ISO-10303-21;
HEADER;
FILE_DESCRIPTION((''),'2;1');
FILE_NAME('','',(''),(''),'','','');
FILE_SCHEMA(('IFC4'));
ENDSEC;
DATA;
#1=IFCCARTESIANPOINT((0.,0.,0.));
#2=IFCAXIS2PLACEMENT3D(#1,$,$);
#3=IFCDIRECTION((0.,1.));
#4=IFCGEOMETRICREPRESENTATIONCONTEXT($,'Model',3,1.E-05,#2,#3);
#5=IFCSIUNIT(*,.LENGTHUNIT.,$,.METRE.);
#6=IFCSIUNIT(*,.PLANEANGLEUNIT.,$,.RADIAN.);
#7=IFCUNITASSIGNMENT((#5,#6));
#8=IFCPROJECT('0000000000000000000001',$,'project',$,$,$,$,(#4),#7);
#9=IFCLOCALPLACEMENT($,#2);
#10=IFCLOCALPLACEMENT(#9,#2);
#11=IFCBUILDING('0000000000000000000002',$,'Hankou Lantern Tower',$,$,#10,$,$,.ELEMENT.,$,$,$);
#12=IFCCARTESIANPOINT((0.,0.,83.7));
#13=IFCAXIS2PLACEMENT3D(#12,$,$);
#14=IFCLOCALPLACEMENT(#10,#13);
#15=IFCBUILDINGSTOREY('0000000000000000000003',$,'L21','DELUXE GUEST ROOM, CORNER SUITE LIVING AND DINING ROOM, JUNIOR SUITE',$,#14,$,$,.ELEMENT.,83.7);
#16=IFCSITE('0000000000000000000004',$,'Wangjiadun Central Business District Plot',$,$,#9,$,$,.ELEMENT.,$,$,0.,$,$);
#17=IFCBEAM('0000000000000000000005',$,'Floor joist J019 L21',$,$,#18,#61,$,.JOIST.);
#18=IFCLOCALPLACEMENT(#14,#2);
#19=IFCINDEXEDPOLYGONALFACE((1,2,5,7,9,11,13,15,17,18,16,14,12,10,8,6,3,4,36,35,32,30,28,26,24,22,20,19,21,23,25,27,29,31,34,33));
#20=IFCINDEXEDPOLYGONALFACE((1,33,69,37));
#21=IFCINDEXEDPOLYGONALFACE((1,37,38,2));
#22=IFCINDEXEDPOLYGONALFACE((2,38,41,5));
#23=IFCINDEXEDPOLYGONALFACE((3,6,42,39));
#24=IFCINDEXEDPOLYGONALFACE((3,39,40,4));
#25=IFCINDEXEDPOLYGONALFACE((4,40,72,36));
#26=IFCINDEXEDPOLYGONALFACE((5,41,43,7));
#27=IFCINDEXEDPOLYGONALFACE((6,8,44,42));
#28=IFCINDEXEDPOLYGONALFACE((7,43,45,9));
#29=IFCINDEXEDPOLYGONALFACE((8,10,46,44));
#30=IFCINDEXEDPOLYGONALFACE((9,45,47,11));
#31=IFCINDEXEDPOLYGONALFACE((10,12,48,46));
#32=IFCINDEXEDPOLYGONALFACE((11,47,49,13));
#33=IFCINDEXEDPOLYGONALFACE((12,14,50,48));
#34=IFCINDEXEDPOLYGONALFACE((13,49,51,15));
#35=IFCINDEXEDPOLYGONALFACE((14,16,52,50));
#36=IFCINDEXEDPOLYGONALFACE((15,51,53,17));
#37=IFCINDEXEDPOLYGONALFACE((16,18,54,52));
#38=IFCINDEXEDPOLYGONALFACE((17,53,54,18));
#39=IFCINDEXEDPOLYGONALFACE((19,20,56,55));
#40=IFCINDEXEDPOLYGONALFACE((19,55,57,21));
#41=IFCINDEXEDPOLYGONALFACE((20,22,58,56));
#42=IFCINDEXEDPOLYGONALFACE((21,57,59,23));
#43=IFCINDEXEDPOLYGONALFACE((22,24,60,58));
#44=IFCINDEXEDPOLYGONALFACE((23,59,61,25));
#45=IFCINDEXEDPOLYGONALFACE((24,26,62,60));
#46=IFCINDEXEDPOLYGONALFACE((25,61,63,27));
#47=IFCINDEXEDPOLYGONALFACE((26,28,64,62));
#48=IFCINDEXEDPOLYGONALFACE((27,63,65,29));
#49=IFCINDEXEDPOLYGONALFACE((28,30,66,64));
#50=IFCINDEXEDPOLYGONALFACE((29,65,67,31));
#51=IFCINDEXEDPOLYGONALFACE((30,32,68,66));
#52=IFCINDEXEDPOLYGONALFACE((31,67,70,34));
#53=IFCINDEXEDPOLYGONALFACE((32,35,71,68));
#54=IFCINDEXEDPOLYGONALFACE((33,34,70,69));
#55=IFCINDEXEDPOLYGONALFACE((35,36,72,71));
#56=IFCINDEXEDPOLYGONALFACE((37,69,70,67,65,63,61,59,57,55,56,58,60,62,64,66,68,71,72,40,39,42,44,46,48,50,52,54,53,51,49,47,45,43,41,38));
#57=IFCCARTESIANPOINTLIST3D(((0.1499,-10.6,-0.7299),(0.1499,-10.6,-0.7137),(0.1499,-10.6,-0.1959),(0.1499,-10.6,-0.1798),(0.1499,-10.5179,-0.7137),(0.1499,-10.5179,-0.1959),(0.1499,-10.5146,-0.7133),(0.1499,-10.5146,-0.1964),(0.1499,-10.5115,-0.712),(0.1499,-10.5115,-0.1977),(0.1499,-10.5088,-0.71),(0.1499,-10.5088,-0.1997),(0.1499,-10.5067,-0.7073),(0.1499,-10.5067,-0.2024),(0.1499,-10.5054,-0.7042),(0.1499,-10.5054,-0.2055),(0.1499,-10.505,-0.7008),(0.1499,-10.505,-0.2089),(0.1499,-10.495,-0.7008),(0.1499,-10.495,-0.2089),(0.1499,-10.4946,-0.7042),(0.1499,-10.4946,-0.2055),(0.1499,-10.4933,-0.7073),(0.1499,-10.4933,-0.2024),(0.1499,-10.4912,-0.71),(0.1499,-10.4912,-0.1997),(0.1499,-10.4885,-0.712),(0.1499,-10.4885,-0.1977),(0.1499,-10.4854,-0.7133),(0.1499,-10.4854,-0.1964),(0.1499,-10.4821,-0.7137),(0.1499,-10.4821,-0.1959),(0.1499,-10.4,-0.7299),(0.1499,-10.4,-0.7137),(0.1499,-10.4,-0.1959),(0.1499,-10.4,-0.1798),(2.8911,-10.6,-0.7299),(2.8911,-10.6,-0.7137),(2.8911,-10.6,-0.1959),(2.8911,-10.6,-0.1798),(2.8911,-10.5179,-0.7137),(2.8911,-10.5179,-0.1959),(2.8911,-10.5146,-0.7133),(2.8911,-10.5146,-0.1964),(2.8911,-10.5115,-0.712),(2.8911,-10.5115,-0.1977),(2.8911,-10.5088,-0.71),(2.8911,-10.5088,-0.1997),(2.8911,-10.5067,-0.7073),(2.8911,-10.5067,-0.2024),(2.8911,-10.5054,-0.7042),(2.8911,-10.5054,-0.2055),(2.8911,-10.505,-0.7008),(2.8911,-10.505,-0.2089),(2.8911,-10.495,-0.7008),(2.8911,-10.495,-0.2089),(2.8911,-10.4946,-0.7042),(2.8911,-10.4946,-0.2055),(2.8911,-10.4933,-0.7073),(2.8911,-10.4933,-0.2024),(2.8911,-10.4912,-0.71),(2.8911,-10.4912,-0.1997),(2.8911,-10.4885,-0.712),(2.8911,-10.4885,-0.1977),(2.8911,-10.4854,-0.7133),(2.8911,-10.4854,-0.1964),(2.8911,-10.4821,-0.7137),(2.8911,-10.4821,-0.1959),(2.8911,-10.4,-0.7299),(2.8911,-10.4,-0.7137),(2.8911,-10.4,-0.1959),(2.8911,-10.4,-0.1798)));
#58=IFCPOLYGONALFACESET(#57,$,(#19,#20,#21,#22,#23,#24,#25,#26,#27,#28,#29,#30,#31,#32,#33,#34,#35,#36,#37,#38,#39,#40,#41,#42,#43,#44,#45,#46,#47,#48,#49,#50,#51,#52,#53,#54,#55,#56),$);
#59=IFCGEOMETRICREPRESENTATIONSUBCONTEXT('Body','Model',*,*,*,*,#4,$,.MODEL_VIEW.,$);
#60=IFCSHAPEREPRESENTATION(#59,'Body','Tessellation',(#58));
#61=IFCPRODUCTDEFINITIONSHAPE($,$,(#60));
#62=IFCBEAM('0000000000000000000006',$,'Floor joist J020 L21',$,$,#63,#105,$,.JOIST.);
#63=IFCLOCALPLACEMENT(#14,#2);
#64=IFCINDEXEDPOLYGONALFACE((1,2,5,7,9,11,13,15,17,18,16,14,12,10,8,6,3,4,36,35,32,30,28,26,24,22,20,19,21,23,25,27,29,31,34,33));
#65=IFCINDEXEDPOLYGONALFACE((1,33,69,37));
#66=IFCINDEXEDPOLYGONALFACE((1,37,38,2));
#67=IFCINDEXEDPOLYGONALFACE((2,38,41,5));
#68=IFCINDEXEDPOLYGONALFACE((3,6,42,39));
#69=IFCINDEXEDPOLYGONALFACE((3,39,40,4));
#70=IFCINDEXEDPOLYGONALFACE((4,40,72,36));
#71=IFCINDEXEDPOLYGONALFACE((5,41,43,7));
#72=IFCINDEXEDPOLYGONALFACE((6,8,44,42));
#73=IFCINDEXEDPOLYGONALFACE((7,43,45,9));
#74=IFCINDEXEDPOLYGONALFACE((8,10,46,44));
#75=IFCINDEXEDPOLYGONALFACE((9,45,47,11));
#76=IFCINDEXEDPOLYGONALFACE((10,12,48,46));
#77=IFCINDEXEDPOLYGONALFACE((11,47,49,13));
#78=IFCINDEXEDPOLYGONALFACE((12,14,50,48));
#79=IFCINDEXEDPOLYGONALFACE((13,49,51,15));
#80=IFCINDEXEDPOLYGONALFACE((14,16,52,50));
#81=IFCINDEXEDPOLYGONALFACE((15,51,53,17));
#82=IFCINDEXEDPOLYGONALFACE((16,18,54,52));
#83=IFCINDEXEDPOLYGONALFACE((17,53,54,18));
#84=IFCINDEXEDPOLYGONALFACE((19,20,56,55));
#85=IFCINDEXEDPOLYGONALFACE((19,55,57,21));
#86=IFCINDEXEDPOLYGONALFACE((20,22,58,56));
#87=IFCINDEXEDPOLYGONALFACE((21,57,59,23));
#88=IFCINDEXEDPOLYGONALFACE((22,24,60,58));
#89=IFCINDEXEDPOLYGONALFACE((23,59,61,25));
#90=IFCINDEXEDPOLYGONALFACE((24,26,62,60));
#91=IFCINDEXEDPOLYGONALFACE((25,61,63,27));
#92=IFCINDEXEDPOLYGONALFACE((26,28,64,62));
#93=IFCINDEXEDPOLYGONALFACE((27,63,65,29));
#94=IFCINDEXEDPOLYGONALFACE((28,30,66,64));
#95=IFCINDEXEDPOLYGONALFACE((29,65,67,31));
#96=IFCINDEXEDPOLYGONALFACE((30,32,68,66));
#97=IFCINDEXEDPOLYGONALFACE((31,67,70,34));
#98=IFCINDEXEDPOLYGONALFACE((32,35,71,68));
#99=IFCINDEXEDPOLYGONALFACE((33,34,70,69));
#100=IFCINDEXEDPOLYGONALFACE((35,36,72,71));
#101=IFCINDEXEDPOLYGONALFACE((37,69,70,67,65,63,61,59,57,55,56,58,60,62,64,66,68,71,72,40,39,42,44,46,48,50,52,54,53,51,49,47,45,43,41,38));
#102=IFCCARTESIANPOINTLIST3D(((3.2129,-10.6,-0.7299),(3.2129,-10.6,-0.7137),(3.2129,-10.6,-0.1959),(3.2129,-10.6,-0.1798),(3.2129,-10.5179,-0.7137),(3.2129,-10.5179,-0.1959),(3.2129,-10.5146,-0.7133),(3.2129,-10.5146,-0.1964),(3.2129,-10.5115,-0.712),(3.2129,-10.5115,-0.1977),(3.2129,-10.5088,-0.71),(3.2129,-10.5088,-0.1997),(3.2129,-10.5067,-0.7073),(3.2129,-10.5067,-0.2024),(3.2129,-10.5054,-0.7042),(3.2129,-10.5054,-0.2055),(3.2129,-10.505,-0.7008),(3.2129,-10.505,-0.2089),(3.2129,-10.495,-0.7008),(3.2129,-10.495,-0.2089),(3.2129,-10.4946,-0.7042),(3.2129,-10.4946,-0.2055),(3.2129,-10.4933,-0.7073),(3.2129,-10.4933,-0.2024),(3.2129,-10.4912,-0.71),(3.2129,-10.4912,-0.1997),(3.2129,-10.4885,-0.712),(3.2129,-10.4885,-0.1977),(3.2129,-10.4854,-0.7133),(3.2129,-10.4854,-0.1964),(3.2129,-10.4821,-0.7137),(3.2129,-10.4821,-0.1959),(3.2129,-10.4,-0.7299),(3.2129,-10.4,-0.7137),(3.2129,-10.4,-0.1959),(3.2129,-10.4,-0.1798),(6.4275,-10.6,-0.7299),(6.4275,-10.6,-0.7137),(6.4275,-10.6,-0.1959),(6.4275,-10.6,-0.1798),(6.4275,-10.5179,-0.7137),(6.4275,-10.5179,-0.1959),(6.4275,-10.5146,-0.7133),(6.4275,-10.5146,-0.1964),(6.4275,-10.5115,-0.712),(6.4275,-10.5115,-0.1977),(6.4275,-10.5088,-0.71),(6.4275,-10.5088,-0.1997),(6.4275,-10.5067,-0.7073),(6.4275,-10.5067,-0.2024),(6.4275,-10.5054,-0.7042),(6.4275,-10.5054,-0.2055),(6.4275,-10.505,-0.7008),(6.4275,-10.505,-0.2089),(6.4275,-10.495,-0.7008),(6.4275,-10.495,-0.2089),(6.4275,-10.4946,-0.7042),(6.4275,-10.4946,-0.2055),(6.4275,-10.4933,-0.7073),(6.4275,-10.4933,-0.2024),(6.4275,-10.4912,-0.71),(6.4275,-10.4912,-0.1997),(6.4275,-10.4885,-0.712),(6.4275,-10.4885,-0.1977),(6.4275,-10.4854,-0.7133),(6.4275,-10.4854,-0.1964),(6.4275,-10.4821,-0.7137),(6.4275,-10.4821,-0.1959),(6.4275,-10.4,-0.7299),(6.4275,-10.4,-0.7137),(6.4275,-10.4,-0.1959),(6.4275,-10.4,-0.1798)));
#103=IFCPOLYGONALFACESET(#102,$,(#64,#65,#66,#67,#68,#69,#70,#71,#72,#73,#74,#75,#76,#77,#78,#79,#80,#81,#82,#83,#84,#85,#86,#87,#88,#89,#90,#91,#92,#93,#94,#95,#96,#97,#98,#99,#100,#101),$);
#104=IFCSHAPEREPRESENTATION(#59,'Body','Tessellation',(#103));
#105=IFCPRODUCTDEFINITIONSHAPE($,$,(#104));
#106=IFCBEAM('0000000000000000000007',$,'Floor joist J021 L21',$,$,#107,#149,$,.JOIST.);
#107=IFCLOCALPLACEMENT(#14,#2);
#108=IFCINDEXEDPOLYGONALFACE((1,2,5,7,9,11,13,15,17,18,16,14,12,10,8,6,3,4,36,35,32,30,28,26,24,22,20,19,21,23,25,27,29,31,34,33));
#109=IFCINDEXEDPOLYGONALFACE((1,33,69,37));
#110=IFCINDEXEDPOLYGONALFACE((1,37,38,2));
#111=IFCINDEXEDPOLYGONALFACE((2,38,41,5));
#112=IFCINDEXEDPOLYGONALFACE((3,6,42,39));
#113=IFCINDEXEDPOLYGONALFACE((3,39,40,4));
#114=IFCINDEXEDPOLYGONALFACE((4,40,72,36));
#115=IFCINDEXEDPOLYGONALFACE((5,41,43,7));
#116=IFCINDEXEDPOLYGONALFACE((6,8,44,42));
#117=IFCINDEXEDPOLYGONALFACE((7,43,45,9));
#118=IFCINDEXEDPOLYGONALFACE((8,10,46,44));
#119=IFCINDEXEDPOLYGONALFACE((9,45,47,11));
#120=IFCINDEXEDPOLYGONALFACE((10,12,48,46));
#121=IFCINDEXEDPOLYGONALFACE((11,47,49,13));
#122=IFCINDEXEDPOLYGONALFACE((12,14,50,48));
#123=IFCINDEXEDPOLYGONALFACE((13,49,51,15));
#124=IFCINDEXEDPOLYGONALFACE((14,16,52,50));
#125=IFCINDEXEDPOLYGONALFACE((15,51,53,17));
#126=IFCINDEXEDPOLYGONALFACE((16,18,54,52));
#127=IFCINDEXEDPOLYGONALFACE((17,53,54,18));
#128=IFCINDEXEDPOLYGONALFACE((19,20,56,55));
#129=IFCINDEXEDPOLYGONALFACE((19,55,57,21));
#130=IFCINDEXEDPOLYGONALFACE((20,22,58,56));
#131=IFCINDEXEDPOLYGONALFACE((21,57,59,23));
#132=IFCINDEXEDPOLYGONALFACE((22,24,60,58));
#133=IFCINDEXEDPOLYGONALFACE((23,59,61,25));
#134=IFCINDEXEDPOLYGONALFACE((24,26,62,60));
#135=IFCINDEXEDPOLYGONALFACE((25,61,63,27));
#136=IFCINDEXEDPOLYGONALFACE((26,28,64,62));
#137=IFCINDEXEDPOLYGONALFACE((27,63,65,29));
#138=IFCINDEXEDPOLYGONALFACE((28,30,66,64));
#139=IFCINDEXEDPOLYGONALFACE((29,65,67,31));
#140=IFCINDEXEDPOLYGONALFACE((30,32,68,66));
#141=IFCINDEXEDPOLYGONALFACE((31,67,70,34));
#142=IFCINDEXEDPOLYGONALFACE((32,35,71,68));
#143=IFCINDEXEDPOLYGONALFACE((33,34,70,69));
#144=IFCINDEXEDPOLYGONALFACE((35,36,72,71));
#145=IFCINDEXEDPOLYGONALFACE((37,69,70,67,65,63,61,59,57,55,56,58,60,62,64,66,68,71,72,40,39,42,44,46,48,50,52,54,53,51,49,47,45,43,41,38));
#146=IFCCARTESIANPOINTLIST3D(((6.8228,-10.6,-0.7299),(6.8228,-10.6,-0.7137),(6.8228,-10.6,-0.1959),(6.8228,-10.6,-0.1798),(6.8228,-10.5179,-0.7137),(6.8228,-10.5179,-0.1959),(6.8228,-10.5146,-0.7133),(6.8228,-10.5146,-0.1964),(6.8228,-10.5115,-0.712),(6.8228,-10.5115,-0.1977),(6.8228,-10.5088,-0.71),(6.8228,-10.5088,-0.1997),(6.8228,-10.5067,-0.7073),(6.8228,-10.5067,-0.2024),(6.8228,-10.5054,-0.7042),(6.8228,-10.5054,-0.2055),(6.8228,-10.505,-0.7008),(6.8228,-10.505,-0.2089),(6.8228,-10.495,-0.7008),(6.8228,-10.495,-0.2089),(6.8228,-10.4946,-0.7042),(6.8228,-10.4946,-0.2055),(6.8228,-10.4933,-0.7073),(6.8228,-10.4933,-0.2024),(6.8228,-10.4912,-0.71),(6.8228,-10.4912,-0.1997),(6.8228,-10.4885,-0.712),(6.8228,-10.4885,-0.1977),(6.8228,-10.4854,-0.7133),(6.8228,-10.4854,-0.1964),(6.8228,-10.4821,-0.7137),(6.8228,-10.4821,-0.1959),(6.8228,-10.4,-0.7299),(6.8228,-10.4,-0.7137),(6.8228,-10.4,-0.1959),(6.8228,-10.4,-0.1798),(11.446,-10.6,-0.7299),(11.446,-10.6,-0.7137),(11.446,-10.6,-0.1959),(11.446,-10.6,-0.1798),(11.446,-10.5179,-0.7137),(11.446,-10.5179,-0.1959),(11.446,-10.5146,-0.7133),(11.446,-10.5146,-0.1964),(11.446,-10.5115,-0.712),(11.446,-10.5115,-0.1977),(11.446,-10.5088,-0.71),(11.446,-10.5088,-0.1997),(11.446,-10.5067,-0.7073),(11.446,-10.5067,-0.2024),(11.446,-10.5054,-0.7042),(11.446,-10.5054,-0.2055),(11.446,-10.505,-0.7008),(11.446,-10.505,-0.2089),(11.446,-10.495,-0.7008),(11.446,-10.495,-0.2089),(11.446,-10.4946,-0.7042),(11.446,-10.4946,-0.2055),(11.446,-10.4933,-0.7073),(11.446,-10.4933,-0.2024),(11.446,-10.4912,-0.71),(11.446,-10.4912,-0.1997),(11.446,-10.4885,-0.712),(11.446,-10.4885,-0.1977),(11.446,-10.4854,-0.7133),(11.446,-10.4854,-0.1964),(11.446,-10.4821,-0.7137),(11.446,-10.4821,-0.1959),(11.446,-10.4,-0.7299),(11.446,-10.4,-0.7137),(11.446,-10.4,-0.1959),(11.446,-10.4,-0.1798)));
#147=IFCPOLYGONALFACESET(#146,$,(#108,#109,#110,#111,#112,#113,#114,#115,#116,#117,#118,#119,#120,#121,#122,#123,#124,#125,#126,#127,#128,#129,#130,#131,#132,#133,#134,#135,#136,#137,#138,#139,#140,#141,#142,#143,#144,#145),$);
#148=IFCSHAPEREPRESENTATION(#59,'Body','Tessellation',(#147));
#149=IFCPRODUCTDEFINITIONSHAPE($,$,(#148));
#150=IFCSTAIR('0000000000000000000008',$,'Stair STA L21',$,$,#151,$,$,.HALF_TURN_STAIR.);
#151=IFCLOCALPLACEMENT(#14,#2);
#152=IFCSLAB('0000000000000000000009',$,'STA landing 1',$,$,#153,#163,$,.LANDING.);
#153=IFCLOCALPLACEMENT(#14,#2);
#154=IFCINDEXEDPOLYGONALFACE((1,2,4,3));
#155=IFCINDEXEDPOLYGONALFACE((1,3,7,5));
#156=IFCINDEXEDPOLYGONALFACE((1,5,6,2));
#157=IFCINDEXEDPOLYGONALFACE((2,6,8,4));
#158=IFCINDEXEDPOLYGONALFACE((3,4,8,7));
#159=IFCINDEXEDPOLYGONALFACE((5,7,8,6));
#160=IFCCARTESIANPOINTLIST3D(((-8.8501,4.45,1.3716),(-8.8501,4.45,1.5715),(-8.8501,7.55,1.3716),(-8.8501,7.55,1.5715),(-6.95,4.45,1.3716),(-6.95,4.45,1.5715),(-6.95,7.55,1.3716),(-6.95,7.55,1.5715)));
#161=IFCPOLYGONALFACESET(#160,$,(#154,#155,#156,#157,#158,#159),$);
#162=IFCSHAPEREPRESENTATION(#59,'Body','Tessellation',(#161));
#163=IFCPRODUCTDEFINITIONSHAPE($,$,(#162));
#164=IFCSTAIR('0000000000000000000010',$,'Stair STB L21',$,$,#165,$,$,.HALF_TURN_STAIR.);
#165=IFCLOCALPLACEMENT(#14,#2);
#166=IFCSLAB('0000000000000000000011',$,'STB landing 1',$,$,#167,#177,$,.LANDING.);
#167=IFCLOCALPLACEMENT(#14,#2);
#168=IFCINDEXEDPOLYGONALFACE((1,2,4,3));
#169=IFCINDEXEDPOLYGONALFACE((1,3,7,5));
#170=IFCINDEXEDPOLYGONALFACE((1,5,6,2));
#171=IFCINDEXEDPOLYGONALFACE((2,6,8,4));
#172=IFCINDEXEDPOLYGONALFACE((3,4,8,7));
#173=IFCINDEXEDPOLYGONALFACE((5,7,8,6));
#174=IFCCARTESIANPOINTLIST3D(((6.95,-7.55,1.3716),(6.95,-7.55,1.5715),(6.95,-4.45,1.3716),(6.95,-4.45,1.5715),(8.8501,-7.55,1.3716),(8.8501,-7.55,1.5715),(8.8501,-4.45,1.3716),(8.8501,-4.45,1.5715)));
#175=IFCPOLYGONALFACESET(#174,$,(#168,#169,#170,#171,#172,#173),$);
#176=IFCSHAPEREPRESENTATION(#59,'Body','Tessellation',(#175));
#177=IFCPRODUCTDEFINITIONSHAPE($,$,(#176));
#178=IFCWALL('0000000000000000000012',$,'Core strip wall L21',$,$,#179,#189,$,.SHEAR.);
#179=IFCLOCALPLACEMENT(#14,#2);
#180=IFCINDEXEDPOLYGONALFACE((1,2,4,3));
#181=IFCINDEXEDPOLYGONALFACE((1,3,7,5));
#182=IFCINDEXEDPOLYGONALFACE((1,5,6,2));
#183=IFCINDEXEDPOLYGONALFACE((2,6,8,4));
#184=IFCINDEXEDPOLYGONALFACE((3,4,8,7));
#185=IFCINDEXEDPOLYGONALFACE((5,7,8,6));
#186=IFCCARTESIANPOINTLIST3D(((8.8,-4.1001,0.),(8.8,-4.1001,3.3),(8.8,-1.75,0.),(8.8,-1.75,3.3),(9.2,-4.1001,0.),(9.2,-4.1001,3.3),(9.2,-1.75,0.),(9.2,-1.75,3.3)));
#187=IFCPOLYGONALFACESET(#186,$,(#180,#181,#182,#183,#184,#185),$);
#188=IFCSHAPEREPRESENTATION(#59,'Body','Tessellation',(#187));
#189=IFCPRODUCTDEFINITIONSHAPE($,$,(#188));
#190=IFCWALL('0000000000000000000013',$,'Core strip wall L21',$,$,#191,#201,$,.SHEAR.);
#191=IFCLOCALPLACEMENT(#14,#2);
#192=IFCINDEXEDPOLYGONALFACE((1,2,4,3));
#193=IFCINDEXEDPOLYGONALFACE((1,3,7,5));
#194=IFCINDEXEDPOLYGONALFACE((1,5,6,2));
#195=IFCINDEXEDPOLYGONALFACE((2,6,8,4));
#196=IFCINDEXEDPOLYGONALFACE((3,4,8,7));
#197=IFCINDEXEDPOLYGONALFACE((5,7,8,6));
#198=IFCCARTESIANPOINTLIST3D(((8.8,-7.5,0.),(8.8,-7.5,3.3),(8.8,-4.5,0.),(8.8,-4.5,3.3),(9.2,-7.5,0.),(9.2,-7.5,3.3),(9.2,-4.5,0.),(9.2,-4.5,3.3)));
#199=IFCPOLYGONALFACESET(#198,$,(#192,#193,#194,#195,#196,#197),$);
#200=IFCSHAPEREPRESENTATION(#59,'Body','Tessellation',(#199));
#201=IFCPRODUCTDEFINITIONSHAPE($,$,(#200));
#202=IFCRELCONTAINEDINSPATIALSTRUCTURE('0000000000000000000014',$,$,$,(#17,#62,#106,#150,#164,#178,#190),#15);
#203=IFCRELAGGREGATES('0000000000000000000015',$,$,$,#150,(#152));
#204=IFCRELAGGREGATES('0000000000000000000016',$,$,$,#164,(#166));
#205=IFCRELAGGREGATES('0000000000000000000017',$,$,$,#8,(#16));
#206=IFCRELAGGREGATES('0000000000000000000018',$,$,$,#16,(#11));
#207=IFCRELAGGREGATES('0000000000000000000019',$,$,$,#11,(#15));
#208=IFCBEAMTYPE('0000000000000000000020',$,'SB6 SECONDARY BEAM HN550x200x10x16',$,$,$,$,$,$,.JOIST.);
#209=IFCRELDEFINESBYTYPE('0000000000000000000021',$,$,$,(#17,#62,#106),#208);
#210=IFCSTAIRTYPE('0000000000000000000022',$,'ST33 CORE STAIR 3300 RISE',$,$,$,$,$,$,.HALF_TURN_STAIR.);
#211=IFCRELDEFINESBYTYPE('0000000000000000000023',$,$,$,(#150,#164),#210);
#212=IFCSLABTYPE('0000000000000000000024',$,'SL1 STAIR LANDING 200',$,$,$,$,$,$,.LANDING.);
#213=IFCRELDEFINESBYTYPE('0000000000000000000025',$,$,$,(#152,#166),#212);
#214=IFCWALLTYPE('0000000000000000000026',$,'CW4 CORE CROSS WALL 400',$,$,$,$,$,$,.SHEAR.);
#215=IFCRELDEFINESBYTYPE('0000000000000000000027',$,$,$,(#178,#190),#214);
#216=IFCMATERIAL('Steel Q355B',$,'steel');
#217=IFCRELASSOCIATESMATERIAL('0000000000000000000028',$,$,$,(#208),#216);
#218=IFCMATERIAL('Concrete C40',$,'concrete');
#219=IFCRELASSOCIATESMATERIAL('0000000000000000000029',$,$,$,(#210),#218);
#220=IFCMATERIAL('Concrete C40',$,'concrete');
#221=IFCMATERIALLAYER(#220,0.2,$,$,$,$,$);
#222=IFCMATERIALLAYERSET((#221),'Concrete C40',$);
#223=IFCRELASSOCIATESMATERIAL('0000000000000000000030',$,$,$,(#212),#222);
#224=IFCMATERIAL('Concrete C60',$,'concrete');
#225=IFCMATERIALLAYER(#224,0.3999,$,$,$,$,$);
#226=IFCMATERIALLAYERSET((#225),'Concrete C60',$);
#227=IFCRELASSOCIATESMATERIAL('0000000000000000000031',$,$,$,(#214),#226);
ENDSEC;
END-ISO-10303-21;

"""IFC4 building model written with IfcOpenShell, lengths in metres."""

from ifc_helpers import new_model, si_unit, direction, frame, frame_2d, origin, origin_2d, place, context, subcontext, project, spatial, polyline, rectangle, i_section, outline, extrude, material, layer, layer_set, material_profile, profile_set, type_object, element, aggregate, save


model = new_model("IFC4")

# Units and contexts
model_context = context("Model", 3, precision=1e-05, world=origin(), true_north=direction((0.0, 1.0)))
body_context = subcontext(model_context, "Body", "Model", "MODEL_VIEW")
ifc_project = project(units=[si_unit("LENGTHUNIT", "METRE"), si_unit("PLANEANGLEUNIT", "RADIAN")], contexts=[model_context])

# Site, building, storey
site_placement = place(None, origin())
site = spatial("IfcSite", under=ifc_project, at=site_placement, Name="Wangjiadun Central Business District Plot", CompositionType="ELEMENT", RefElevation=0.0)
building_placement = place(site_placement, origin())
building = spatial("IfcBuilding", under=site, at=building_placement, Name="Hankou Lantern Tower", CompositionType="ELEMENT")
storey_placement = place(building_placement, frame((0.0, 0.0, 83.7)))
storey = spatial("IfcBuildingStorey", under=building, at=storey_placement, Name="L21", Description="DELUXE GUEST ROOM, CORNER SUITE LIVING AND DINING ROOM, JUNIOR SUITE", CompositionType="ELEMENT", Elevation=83.7)

# Beams
ifc_material_1 = material(Name="Steel Q355B", Category="steel")
ifc_material_profile_1 = material_profile(ifc_material_1, i_section(OverallWidth=0.2, OverallDepth=0.55, WebThickness=0.01, FlangeThickness=0.0161, FilletRadius=0.0129, at=origin_2d()), Name="HN550x200x10x16")
ifc_profile_set_1 = profile_set([ifc_material_profile_1], Name="Steel Q355B")
beam_type_1 = type_object("IfcBeamType", Name="SB6 SECONDARY BEAM HN550x200x10x16", PredefinedType="JOIST", material=ifc_profile_set_1)
beam_1_placement = place(storey_placement, frame((0.1499, -10.5, -0.4548), z_axis=(1.0, 0.0, 0.0), x_axis=(0.0, 1.0, 0.0)))
element("IfcBeam", 1, at=beam_1_placement, inside=storey, type_object=beam_type_1, Name="Floor joist J019 L21", PredefinedType="JOIST", context=body_context, shape_type="SweptSolid", body=[
    extrude(i_section(OverallWidth=0.2, OverallDepth=0.55, WebThickness=0.01, FlangeThickness=0.0161, FilletRadius=0.0129, at=origin_2d()), origin(), (0.0, 0.0, 1.0), 2.7412),
])
beam_2_placement = place(storey_placement, frame((3.2129, -10.5, -0.4548), z_axis=(1.0, 0.0, 0.0), x_axis=(0.0, 1.0, 0.0)))
element("IfcBeam", 2, at=beam_2_placement, inside=storey, type_object=beam_type_1, Name="Floor joist J020 L21", PredefinedType="JOIST", context=body_context, shape_type="SweptSolid", body=[
    extrude(i_section(OverallWidth=0.2, OverallDepth=0.55, WebThickness=0.01, FlangeThickness=0.0161, FilletRadius=0.0129, at=origin_2d()), origin(), (0.0, 0.0, 1.0), 3.2146),
])
beam_3_placement = place(storey_placement, frame((6.8228, -10.5, -0.4548), z_axis=(1.0, 0.0, 0.0), x_axis=(0.0, 1.0, 0.0)))
element("IfcBeam", 3, at=beam_3_placement, inside=storey, type_object=beam_type_1, Name="Floor joist J021 L21", PredefinedType="JOIST", context=body_context, shape_type="SweptSolid", body=[
    extrude(i_section(OverallWidth=0.2, OverallDepth=0.55, WebThickness=0.01, FlangeThickness=0.0161, FilletRadius=0.0129, at=origin_2d()), origin(), (0.0, 0.0, 1.0), 4.6233),
])

# Stairs, slabs
ifc_material_2 = material(Name="Concrete C40", Category="concrete")
stair_type = type_object("IfcStairType", Name="ST33 CORE STAIR 3300 RISE", PredefinedType="HALF_TURN_STAIR", material=ifc_material_2)
stair_1_placement = place(storey_placement, origin())
stair_1 = element("IfcStair", 4, at=stair_1_placement, inside=storey, type_object=stair_type, Name="Stair STA L21", PredefinedType="HALF_TURN_STAIR")
ifc_material_3 = material(Name="Concrete C40", Category="concrete")
ifc_layer_1 = layer(ifc_material_3, 0.2)
ifc_layer_set_1 = layer_set([ifc_layer_1], Name="Concrete C40")
slab_type_1 = type_object("IfcSlabType", Name="SL1 STAIR LANDING 200", PredefinedType="LANDING", material=ifc_layer_set_1)
slab_1_placement = place(storey_placement, frame((0.0, 0.0, 1.3716)))
slab_1 = element("IfcSlab", 5, at=slab_1_placement, type_object=slab_type_1, Name="STA landing 1", PredefinedType="LANDING", context=body_context, shape_type="SweptSolid", body=[
    extrude(outline(polyline([(-8.8501, 4.45), (-6.95, 4.45), (-6.95, 7.55), (-8.8501, 7.55), (-8.8501, 4.45)])), origin(), (0.0, 0.0, 1.0), 0.2),
])
aggregate(stair_1, [slab_1])
stair_2_placement = place(storey_placement, origin())
stair_2 = element("IfcStair", 6, at=stair_2_placement, inside=storey, type_object=stair_type, Name="Stair STB L21", PredefinedType="HALF_TURN_STAIR")
slab_2_placement = place(storey_placement, frame((0.0, 0.0, 1.3716)))
slab_2 = element("IfcSlab", 7, at=slab_2_placement, type_object=slab_type_1, Name="STB landing 1", PredefinedType="LANDING", context=body_context, shape_type="SweptSolid", body=[
    extrude(outline(polyline([(8.8501, -4.45), (6.95, -4.45), (6.95, -7.55), (8.8501, -7.55), (8.8501, -4.45)])), origin(), (0.0, 0.0, 1.0), 0.2),
])

# Walls
ifc_material_4 = material(Name="Concrete C60", Category="concrete")
ifc_layer_2 = layer(ifc_material_4, 0.3999)
ifc_layer_set_2 = layer_set([ifc_layer_2], Name="Concrete C60")
wall_type_1 = type_object("IfcWallType", Name="CW4 CORE CROSS WALL 400", PredefinedType="SHEAR", material=ifc_layer_set_2)
wall_1_placement = place(storey_placement, frame((9.0, -4.1001, 0.0), z_axis=(0.0, 0.0, 1.0), x_axis=(0.0, 1.0, 0.0)))
element("IfcWall", 8, at=wall_1_placement, inside=storey, type_object=wall_type_1, Name="Core strip wall L21", PredefinedType="SHEAR", context=body_context, shape_type="SweptSolid", body=[
    extrude(rectangle(XDim=2.3501, YDim=0.3999, at=frame_2d((1.175, 0.0))), origin(), (0.0, 0.0, 1.0), 3.3),
])
wall_2_placement = place(storey_placement, frame((9.0, -7.5, 0.0), z_axis=(0.0, 0.0, 1.0), x_axis=(0.0, 1.0, 0.0)))
element("IfcWall", 9, at=wall_2_placement, inside=storey, type_object=wall_type_1, Name="Core strip wall L21", PredefinedType="SHEAR", context=body_context, shape_type="SweptSolid", body=[
    extrude(rectangle(XDim=3.0, YDim=0.3999, at=frame_2d((1.5, 0.0))), origin(), (0.0, 0.0, 1.0), 3.3),
])

aggregate(stair_2, [slab_2])

save(model, "model.ifc")
